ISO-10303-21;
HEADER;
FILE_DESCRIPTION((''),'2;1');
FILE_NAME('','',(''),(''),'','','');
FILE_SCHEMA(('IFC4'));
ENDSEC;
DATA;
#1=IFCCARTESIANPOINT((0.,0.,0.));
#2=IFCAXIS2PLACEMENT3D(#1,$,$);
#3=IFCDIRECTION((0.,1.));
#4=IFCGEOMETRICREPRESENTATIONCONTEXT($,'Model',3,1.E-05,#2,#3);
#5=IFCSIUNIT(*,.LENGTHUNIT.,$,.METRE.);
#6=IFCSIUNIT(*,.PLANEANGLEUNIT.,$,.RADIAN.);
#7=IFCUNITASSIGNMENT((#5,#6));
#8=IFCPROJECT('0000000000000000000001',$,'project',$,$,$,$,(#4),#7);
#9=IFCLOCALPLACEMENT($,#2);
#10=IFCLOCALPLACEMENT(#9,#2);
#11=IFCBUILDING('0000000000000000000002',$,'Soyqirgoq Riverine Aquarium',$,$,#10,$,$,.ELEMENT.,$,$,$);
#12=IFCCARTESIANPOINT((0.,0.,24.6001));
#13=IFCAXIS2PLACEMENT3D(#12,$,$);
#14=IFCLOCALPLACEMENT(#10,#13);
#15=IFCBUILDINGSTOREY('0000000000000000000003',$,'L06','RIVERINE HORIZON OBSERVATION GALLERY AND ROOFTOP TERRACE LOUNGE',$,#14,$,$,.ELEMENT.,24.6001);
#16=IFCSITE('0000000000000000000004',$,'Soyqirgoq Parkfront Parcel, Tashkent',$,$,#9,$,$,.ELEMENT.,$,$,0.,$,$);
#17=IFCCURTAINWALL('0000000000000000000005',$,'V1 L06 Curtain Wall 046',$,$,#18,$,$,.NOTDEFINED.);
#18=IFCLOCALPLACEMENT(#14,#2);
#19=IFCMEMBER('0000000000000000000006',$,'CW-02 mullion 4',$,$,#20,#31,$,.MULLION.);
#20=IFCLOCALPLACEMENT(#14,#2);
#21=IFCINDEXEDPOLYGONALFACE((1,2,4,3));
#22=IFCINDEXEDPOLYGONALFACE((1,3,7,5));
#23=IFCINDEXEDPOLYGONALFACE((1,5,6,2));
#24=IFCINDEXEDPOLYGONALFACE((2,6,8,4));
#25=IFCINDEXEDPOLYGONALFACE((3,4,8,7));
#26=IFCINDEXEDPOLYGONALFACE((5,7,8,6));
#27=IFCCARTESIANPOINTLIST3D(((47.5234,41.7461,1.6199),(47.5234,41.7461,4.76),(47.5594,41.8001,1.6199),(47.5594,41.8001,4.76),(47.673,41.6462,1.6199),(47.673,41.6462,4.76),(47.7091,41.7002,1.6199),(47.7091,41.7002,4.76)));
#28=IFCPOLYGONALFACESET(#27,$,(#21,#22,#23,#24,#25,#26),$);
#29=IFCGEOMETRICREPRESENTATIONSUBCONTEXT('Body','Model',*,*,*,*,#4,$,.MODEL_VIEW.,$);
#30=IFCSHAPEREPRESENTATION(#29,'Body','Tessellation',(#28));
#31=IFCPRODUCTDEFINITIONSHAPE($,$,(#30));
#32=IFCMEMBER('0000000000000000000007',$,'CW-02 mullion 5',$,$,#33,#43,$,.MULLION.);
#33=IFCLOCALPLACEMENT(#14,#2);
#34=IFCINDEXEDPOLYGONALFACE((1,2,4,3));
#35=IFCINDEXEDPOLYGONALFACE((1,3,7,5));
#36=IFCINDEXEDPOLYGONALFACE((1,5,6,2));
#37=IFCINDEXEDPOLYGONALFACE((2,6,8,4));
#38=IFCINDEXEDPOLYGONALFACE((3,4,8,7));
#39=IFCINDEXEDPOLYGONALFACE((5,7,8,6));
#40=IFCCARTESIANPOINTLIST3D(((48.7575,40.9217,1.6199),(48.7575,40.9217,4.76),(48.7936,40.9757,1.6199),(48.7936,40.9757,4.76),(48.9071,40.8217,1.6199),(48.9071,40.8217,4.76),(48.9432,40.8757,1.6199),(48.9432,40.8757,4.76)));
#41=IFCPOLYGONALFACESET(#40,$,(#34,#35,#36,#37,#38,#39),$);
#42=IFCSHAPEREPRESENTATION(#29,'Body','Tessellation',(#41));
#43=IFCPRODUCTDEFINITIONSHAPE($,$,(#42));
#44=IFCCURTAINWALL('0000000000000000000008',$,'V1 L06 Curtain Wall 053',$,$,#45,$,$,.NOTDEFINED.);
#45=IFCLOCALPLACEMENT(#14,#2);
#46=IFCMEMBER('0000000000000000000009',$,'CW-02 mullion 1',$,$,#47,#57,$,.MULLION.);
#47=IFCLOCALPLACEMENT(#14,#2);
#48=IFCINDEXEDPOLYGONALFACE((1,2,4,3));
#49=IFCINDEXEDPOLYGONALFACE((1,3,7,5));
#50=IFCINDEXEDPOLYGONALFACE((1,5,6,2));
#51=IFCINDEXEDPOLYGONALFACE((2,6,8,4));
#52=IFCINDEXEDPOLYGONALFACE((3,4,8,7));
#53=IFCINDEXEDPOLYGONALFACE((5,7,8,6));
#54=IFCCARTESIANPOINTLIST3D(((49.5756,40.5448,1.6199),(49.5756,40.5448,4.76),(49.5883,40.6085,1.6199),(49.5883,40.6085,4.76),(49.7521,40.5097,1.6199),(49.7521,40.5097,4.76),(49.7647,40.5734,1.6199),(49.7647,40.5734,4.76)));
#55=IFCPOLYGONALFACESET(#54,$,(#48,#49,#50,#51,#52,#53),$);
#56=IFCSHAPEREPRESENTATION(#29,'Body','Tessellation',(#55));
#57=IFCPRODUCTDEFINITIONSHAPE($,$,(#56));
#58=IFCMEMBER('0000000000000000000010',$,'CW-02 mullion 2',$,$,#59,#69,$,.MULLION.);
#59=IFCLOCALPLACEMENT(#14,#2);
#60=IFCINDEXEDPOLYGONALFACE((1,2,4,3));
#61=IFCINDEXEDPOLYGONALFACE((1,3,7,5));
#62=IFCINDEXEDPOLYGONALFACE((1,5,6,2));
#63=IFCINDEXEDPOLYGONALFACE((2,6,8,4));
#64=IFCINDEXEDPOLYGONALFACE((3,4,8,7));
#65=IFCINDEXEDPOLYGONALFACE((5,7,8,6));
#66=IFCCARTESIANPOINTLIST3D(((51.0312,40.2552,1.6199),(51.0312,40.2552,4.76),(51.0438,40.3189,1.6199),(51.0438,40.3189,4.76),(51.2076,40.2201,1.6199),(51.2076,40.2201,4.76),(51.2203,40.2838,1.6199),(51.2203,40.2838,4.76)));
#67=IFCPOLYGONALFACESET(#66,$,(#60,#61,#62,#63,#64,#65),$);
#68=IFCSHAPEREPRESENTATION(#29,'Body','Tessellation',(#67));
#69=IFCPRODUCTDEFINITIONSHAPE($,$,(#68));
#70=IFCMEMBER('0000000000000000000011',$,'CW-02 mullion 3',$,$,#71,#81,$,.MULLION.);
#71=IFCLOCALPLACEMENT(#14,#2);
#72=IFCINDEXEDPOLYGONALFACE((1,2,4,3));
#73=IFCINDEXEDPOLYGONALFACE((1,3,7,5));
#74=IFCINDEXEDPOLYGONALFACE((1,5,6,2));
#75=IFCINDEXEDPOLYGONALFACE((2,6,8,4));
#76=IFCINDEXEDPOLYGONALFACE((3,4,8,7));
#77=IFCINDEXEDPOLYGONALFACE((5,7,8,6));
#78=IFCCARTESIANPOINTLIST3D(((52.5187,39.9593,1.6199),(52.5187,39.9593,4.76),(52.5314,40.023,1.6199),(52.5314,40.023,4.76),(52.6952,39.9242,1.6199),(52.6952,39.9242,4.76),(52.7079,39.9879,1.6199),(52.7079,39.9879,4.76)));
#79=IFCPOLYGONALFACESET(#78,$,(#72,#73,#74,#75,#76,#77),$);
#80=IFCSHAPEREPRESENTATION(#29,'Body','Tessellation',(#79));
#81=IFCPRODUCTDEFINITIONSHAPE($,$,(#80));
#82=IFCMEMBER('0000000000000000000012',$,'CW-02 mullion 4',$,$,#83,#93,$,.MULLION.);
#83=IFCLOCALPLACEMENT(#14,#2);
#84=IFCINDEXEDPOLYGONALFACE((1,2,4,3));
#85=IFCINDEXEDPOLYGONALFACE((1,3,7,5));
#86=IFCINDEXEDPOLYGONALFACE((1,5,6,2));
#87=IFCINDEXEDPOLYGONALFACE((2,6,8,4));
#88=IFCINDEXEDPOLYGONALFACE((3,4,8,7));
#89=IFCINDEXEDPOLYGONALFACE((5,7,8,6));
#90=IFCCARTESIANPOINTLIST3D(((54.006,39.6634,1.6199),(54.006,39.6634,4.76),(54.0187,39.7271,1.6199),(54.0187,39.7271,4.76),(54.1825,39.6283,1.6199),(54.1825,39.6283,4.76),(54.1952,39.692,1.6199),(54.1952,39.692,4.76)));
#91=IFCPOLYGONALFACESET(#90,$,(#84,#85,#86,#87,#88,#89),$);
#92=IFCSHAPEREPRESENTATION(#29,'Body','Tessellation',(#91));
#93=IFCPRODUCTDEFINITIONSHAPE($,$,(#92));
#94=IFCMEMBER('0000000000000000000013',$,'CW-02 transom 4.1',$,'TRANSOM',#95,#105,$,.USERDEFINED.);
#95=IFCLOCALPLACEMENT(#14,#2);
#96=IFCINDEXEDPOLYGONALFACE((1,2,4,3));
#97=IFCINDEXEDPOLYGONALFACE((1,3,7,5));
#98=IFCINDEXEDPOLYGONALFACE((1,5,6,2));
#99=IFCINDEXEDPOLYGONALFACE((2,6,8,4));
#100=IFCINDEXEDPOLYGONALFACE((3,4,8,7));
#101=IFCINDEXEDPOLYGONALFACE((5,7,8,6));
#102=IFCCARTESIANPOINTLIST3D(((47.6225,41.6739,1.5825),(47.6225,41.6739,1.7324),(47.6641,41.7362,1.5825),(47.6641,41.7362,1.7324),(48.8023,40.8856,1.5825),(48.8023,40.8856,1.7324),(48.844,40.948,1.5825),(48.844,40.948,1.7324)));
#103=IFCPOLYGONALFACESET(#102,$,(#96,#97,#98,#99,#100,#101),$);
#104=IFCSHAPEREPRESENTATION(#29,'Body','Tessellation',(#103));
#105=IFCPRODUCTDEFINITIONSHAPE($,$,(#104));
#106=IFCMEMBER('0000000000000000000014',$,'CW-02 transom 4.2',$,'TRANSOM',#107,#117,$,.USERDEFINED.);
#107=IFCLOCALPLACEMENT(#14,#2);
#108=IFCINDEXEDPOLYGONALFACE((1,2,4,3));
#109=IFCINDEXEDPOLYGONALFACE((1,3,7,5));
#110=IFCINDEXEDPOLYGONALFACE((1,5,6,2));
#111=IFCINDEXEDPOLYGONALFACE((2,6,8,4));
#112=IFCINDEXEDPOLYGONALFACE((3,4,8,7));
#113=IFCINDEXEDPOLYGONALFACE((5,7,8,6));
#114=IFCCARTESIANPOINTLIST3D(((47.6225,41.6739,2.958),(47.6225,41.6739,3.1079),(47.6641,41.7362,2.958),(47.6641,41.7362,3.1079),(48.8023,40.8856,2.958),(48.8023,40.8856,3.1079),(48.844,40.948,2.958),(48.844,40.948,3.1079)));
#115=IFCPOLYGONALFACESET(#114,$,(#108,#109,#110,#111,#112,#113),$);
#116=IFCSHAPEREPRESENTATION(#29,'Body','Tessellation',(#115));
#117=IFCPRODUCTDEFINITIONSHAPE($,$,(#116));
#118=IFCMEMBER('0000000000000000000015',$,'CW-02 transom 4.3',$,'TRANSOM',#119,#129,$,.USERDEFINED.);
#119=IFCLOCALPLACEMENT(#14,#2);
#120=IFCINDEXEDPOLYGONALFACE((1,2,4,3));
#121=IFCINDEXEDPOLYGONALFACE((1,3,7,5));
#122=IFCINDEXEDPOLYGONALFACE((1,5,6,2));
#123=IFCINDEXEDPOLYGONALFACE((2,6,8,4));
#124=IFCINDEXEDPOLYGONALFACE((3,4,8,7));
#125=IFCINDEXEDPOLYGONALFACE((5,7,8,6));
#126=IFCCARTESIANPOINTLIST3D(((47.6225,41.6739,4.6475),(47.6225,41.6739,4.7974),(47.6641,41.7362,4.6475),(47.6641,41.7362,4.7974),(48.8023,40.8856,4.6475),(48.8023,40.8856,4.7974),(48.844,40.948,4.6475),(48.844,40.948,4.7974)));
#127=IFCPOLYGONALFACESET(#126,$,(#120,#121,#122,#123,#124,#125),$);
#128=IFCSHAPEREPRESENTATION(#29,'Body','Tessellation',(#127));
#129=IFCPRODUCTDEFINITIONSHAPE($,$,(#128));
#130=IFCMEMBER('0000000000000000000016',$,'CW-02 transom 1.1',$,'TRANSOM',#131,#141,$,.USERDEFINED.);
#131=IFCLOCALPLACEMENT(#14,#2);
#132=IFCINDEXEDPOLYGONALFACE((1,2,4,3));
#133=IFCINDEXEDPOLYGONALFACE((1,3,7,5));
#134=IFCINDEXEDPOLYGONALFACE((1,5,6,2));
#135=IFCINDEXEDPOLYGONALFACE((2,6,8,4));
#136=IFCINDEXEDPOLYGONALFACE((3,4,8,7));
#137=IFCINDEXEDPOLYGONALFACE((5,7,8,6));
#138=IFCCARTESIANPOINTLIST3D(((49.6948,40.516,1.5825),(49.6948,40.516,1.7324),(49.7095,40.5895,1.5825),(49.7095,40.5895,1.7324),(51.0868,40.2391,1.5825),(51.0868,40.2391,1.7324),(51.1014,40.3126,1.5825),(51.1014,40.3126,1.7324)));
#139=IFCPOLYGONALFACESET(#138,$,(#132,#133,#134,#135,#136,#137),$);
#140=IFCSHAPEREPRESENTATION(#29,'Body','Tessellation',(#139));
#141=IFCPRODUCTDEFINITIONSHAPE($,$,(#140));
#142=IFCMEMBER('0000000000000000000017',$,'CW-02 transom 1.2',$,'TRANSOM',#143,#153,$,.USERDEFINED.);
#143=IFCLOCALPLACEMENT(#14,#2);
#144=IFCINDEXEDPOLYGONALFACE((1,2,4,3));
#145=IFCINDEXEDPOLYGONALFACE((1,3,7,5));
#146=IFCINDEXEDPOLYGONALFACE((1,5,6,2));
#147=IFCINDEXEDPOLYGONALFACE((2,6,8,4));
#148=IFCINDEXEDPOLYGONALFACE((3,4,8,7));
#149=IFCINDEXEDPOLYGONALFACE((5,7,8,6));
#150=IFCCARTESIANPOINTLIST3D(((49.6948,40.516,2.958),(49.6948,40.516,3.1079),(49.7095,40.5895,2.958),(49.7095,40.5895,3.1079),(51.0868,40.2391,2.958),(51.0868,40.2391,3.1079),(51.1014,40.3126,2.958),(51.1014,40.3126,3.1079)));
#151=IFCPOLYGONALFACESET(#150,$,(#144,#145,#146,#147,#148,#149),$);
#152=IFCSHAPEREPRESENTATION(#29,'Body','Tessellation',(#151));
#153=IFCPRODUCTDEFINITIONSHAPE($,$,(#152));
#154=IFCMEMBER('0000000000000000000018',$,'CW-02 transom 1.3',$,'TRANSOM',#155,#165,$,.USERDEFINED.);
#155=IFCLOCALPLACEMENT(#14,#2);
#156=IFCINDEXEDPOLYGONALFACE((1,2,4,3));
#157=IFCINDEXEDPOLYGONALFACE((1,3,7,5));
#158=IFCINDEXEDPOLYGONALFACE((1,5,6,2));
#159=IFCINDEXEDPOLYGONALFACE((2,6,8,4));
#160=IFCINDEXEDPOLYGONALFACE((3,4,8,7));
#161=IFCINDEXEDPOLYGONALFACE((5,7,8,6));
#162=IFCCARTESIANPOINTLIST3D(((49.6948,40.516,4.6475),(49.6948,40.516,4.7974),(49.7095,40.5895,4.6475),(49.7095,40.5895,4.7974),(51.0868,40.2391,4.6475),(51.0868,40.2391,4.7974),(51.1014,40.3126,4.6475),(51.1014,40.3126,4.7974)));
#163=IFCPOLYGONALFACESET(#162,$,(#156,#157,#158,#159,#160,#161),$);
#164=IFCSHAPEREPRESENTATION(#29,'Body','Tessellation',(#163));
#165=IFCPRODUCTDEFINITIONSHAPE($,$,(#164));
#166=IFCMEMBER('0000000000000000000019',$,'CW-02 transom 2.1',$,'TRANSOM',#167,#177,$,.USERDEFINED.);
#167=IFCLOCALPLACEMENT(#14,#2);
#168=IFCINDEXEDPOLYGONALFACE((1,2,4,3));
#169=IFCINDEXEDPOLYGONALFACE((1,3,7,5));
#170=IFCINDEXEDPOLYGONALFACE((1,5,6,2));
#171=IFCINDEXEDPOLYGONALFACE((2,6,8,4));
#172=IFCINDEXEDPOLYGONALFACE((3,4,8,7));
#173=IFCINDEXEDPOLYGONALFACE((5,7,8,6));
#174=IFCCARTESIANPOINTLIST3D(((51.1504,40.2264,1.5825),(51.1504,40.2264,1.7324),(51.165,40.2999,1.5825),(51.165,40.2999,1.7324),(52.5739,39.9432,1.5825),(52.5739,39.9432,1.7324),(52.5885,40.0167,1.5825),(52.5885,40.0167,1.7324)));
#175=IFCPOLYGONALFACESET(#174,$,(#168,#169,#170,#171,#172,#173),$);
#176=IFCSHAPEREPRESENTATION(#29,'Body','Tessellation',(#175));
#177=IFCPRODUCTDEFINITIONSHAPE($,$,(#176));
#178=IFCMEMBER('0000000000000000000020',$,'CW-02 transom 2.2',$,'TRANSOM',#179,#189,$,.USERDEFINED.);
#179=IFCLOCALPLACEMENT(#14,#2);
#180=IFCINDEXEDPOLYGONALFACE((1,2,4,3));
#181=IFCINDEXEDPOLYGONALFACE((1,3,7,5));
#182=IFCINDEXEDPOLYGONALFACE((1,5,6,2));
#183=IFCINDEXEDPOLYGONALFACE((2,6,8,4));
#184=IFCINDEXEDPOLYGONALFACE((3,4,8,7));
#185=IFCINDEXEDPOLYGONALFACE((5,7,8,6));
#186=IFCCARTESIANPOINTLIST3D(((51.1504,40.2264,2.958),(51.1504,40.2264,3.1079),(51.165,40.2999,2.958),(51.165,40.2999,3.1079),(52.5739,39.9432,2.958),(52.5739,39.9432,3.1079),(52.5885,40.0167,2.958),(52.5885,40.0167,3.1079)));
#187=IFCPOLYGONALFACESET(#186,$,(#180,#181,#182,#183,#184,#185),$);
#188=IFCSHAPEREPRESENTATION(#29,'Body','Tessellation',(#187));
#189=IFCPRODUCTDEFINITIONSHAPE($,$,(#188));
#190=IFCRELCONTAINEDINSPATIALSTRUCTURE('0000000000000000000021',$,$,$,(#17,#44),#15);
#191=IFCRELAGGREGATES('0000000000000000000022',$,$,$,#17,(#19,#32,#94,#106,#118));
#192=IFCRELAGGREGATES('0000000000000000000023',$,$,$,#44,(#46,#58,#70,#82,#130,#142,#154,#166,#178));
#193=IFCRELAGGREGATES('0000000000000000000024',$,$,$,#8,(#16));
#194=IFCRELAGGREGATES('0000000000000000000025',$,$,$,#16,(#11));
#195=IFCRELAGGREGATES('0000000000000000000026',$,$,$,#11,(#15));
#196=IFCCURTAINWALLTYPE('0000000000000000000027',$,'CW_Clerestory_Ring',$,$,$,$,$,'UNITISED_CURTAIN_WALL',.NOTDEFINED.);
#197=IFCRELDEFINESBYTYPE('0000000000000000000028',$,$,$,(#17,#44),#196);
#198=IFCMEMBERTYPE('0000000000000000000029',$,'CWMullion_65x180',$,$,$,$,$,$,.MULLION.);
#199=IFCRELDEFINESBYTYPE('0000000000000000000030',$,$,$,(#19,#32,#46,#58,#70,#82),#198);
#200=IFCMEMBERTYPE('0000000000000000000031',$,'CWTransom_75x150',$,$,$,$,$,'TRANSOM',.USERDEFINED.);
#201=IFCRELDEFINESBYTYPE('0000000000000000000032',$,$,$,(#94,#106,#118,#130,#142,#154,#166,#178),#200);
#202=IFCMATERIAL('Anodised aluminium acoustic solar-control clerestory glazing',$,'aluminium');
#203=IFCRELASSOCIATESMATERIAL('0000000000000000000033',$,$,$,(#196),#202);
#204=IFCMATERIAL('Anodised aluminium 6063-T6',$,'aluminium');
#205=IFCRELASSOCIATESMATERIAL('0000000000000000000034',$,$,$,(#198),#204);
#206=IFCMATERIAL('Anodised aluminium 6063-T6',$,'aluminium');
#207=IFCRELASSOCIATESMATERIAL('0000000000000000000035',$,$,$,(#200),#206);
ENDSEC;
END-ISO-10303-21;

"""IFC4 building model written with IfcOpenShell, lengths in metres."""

from ifc_helpers import new_model, si_unit, direction, frame, origin, origin_2d, place, context, subcontext, project, spatial, rectangle, extrude, material, material_profile, profile_set, type_object, element, aggregate, save


model = new_model("IFC4")

# Units and contexts
model_context = context("Model", 3, precision=1e-05, world=origin(), true_north=direction((0.0, 1.0)))
body_context = subcontext(model_context, "Body", "Model", "MODEL_VIEW")
ifc_project = project(units=[si_unit("LENGTHUNIT", "METRE"), si_unit("PLANEANGLEUNIT", "RADIAN")], contexts=[model_context])

# Site, building, storey
site_placement = place(None, origin())
site = spatial("IfcSite", under=ifc_project, at=site_placement, Name="Soyqirgoq Parkfront Parcel, Tashkent", CompositionType="ELEMENT", RefElevation=0.0)
building_placement = place(site_placement, origin())
building = spatial("IfcBuilding", under=site, at=building_placement, Name="Soyqirgoq Riverine Aquarium", CompositionType="ELEMENT")
storey_placement = place(building_placement, frame((0.0, 0.0, 24.6001)))
storey = spatial("IfcBuildingStorey", under=building, at=storey_placement, Name="L06", Description="RIVERINE HORIZON OBSERVATION GALLERY AND ROOFTOP TERRACE LOUNGE", CompositionType="ELEMENT", Elevation=24.6001)

# Curtain walls, members
ifc_material_1 = material(Name="Anodised aluminium acoustic solar-control clerestory glazing", Category="aluminium")
curtain_wall_type = type_object("IfcCurtainWallType", Name="CW_Clerestory_Ring", ElementType="UNITISED_CURTAIN_WALL", PredefinedType="NOTDEFINED", material=ifc_material_1)
curtain_wall_1_placement = place(storey_placement, origin())
curtain_wall_1 = element("IfcCurtainWall", 1, at=curtain_wall_1_placement, inside=storey, type_object=curtain_wall_type, Name="V1 L06 Curtain Wall 046", PredefinedType="NOTDEFINED")
ifc_material_2 = material(Name="Anodised aluminium 6063-T6", Category="aluminium")
ifc_material_profile_1 = material_profile(ifc_material_2, rectangle(XDim=0.0649, YDim=0.1799, at=origin_2d()), Name="ALU-M 65x180")
ifc_profile_set_1 = profile_set([ifc_material_profile_1], Name="Anodised aluminium 6063-T6")
member_type_1 = type_object("IfcMemberType", Name="CWMullion_65x180", PredefinedType="MULLION", material=ifc_profile_set_1)
member_1_placement = place(storey_placement, frame((47.6162, 41.7231, 1.6199), z_axis=(0.0, 0.0, 1.0), x_axis=(0.555579, 0.831464, 0.0)))
member_1 = element("IfcMember", 2, at=member_1_placement, type_object=member_type_1, Name="CW-02 mullion 4", PredefinedType="MULLION", context=body_context, shape_type="SweptSolid", body=[
    extrude(rectangle(XDim=0.0649, YDim=0.1799, at=origin_2d()), origin(), (0.0, 0.0, 1.0), 3.1401),
])
member_2_placement = place(storey_placement, frame((48.8503, 40.8987, 1.6199), z_axis=(0.0, 0.0, 1.0), x_axis=(0.555579, 0.831464, 0.0)))
member_2 = element("IfcMember", 3, at=member_2_placement, type_object=member_type_1, Name="CW-02 mullion 5", PredefinedType="MULLION", context=body_context, shape_type="SweptSolid", body=[
    extrude(rectangle(XDim=0.0649, YDim=0.1799, at=origin_2d()), origin(), (0.0, 0.0, 1.0), 3.1401),
])
curtain_wall_2_placement = place(storey_placement, origin())
curtain_wall_2 = element("IfcCurtainWall", 4, at=curtain_wall_2_placement, inside=storey, type_object=curtain_wall_type, Name="V1 L06 Curtain Wall 053", PredefinedType="NOTDEFINED")
member_3_placement = place(storey_placement, frame((49.6702, 40.5591, 1.6199), z_axis=(0.0, 0.0, 1.0), x_axis=(0.195095, 0.980784, 0.0)))
member_3 = element("IfcMember", 5, at=member_3_placement, type_object=member_type_1, Name="CW-02 mullion 1", PredefinedType="MULLION", context=body_context, shape_type="SweptSolid", body=[
    extrude(rectangle(XDim=0.0649, YDim=0.1799, at=origin_2d()), origin(), (0.0, 0.0, 1.0), 3.1401),
])
member_4_placement = place(storey_placement, frame((51.1257, 40.2695, 1.6199), z_axis=(0.0, 0.0, 1.0), x_axis=(0.195095, 0.980784, 0.0)))
member_4 = element("IfcMember", 6, at=member_4_placement, type_object=member_type_1, Name="CW-02 mullion 2", PredefinedType="MULLION", context=body_context, shape_type="SweptSolid", body=[
    extrude(rectangle(XDim=0.0649, YDim=0.1799, at=origin_2d()), origin(), (0.0, 0.0, 1.0), 3.1401),
])
member_5_placement = place(storey_placement, frame((52.6133, 39.9736, 1.6199), z_axis=(0.0, 0.0, 1.0), x_axis=(0.195095, 0.980784, 0.0)))
member_5 = element("IfcMember", 7, at=member_5_placement, type_object=member_type_1, Name="CW-02 mullion 3", PredefinedType="MULLION", context=body_context, shape_type="SweptSolid", body=[
    extrude(rectangle(XDim=0.0649, YDim=0.1799, at=origin_2d()), origin(), (0.0, 0.0, 1.0), 3.1401),
])
member_6_placement = place(storey_placement, frame((54.1006, 39.6777, 1.6199), z_axis=(0.0, 0.0, 1.0), x_axis=(0.195095, 0.980784, 0.0)))
member_6 = element("IfcMember", 8, at=member_6_placement, type_object=member_type_1, Name="CW-02 mullion 4", PredefinedType="MULLION", context=body_context, shape_type="SweptSolid", body=[
    extrude(rectangle(XDim=0.0649, YDim=0.1799, at=origin_2d()), origin(), (0.0, 0.0, 1.0), 3.1401),
])

# Members
ifc_material_3 = material(Name="Anodised aluminium 6063-T6", Category="aluminium")
ifc_material_profile_2 = material_profile(ifc_material_3, rectangle(XDim=0.075, YDim=0.1499, at=origin_2d()), Name="ALU-T 75x150")
ifc_profile_set_2 = profile_set([ifc_material_profile_2], Name="Anodised aluminium 6063-T6")
member_type_2 = type_object("IfcMemberType", Name="CWTransom_75x150", ElementType="TRANSOM", PredefinedType="USERDEFINED", material=ifc_profile_set_2)
member_7_placement = place(storey_placement, frame((47.6433, 41.7051, 1.6575), z_axis=(0.831494, -0.555534, 0.0), x_axis=(0.555534, 0.831494, 0.0)))
member_7 = element("IfcMember", 9, at=member_7_placement, type_object=member_type_2, Name="CW-02 transom 4.1", ObjectType="TRANSOM", PredefinedType="USERDEFINED", context=body_context, shape_type="SweptSolid", body=[
    extrude(rectangle(XDim=0.075, YDim=0.1499, at=origin_2d()), origin(), (0.0, 0.0, 1.0), 1.4189),
])
member_8_placement = place(storey_placement, frame((47.6433, 41.7051, 3.033), z_axis=(0.831494, -0.555534, 0.0), x_axis=(0.555534, 0.831494, 0.0)))
member_8 = element("IfcMember", 10, at=member_8_placement, type_object=member_type_2, Name="CW-02 transom 4.2", ObjectType="TRANSOM", PredefinedType="USERDEFINED", context=body_context, shape_type="SweptSolid", body=[
    extrude(rectangle(XDim=0.075, YDim=0.1499, at=origin_2d()), origin(), (0.0, 0.0, 1.0), 1.4189),
])
member_9_placement = place(storey_placement, frame((47.6433, 41.7051, 4.7224), z_axis=(0.831494, -0.555534, 0.0), x_axis=(0.555534, 0.831494, 0.0)))
member_9 = element("IfcMember", 11, at=member_9_placement, type_object=member_type_2, Name="CW-02 transom 4.3", ObjectType="TRANSOM", PredefinedType="USERDEFINED", context=body_context, shape_type="SweptSolid", body=[
    extrude(rectangle(XDim=0.075, YDim=0.1499, at=origin_2d()), origin(), (0.0, 0.0, 1.0), 1.4189),
])
member_10_placement = place(storey_placement, frame((49.7021, 40.5527, 1.6575), z_axis=(0.980785, -0.19509, 0.0), x_axis=(0.19509, 0.980785, 0.0)))
member_10 = element("IfcMember", 12, at=member_10_placement, type_object=member_type_2, Name="CW-02 transom 1.1", ObjectType="TRANSOM", PredefinedType="USERDEFINED", context=body_context, shape_type="SweptSolid", body=[
    extrude(rectangle(XDim=0.075, YDim=0.1499, at=origin_2d()), origin(), (0.0, 0.0, 1.0), 1.4192),
])
member_11_placement = place(storey_placement, frame((49.7021, 40.5527, 3.033), z_axis=(0.980785, -0.19509, 0.0), x_axis=(0.19509, 0.980785, 0.0)))
member_11 = element("IfcMember", 13, at=member_11_placement, type_object=member_type_2, Name="CW-02 transom 1.2", ObjectType="TRANSOM", PredefinedType="USERDEFINED", context=body_context, shape_type="SweptSolid", body=[
    extrude(rectangle(XDim=0.075, YDim=0.1499, at=origin_2d()), origin(), (0.0, 0.0, 1.0), 1.4192),
])
member_12_placement = place(storey_placement, frame((49.7021, 40.5527, 4.7224), z_axis=(0.980785, -0.19509, 0.0), x_axis=(0.19509, 0.980785, 0.0)))
member_12 = element("IfcMember", 14, at=member_12_placement, type_object=member_type_2, Name="CW-02 transom 1.3", ObjectType="TRANSOM", PredefinedType="USERDEFINED", context=body_context, shape_type="SweptSolid", body=[
    extrude(rectangle(XDim=0.075, YDim=0.1499, at=origin_2d()), origin(), (0.0, 0.0, 1.0), 1.4192),
])
member_13_placement = place(storey_placement, frame((51.1577, 40.2632, 1.6575), z_axis=(0.980781, -0.195113, 0.0), x_axis=(0.195113, 0.980781, 0.0)))
member_13 = element("IfcMember", 15, at=member_13_placement, type_object=member_type_2, Name="CW-02 transom 2.1", ObjectType="TRANSOM", PredefinedType="USERDEFINED", context=body_context, shape_type="SweptSolid", body=[
    extrude(rectangle(XDim=0.075, YDim=0.1499, at=origin_2d()), origin(), (0.0, 0.0, 1.0), 1.4514),
])
member_14_placement = place(storey_placement, frame((51.1577, 40.2632, 3.033), z_axis=(0.980781, -0.195113, 0.0), x_axis=(0.195113, 0.980781, 0.0)))
member_14 = element("IfcMember", 16, at=member_14_placement, type_object=member_type_2, Name="CW-02 transom 2.2", ObjectType="TRANSOM", PredefinedType="USERDEFINED", context=body_context, shape_type="SweptSolid", body=[
    extrude(rectangle(XDim=0.075, YDim=0.1499, at=origin_2d()), origin(), (0.0, 0.0, 1.0), 1.4514),
])

aggregate(curtain_wall_1, [member_1, member_2, member_7, member_8, member_9])
aggregate(curtain_wall_2, [member_3, member_4, member_5, member_6, member_10, member_11, member_12, member_13, member_14])

save(model, "model.ifc")
